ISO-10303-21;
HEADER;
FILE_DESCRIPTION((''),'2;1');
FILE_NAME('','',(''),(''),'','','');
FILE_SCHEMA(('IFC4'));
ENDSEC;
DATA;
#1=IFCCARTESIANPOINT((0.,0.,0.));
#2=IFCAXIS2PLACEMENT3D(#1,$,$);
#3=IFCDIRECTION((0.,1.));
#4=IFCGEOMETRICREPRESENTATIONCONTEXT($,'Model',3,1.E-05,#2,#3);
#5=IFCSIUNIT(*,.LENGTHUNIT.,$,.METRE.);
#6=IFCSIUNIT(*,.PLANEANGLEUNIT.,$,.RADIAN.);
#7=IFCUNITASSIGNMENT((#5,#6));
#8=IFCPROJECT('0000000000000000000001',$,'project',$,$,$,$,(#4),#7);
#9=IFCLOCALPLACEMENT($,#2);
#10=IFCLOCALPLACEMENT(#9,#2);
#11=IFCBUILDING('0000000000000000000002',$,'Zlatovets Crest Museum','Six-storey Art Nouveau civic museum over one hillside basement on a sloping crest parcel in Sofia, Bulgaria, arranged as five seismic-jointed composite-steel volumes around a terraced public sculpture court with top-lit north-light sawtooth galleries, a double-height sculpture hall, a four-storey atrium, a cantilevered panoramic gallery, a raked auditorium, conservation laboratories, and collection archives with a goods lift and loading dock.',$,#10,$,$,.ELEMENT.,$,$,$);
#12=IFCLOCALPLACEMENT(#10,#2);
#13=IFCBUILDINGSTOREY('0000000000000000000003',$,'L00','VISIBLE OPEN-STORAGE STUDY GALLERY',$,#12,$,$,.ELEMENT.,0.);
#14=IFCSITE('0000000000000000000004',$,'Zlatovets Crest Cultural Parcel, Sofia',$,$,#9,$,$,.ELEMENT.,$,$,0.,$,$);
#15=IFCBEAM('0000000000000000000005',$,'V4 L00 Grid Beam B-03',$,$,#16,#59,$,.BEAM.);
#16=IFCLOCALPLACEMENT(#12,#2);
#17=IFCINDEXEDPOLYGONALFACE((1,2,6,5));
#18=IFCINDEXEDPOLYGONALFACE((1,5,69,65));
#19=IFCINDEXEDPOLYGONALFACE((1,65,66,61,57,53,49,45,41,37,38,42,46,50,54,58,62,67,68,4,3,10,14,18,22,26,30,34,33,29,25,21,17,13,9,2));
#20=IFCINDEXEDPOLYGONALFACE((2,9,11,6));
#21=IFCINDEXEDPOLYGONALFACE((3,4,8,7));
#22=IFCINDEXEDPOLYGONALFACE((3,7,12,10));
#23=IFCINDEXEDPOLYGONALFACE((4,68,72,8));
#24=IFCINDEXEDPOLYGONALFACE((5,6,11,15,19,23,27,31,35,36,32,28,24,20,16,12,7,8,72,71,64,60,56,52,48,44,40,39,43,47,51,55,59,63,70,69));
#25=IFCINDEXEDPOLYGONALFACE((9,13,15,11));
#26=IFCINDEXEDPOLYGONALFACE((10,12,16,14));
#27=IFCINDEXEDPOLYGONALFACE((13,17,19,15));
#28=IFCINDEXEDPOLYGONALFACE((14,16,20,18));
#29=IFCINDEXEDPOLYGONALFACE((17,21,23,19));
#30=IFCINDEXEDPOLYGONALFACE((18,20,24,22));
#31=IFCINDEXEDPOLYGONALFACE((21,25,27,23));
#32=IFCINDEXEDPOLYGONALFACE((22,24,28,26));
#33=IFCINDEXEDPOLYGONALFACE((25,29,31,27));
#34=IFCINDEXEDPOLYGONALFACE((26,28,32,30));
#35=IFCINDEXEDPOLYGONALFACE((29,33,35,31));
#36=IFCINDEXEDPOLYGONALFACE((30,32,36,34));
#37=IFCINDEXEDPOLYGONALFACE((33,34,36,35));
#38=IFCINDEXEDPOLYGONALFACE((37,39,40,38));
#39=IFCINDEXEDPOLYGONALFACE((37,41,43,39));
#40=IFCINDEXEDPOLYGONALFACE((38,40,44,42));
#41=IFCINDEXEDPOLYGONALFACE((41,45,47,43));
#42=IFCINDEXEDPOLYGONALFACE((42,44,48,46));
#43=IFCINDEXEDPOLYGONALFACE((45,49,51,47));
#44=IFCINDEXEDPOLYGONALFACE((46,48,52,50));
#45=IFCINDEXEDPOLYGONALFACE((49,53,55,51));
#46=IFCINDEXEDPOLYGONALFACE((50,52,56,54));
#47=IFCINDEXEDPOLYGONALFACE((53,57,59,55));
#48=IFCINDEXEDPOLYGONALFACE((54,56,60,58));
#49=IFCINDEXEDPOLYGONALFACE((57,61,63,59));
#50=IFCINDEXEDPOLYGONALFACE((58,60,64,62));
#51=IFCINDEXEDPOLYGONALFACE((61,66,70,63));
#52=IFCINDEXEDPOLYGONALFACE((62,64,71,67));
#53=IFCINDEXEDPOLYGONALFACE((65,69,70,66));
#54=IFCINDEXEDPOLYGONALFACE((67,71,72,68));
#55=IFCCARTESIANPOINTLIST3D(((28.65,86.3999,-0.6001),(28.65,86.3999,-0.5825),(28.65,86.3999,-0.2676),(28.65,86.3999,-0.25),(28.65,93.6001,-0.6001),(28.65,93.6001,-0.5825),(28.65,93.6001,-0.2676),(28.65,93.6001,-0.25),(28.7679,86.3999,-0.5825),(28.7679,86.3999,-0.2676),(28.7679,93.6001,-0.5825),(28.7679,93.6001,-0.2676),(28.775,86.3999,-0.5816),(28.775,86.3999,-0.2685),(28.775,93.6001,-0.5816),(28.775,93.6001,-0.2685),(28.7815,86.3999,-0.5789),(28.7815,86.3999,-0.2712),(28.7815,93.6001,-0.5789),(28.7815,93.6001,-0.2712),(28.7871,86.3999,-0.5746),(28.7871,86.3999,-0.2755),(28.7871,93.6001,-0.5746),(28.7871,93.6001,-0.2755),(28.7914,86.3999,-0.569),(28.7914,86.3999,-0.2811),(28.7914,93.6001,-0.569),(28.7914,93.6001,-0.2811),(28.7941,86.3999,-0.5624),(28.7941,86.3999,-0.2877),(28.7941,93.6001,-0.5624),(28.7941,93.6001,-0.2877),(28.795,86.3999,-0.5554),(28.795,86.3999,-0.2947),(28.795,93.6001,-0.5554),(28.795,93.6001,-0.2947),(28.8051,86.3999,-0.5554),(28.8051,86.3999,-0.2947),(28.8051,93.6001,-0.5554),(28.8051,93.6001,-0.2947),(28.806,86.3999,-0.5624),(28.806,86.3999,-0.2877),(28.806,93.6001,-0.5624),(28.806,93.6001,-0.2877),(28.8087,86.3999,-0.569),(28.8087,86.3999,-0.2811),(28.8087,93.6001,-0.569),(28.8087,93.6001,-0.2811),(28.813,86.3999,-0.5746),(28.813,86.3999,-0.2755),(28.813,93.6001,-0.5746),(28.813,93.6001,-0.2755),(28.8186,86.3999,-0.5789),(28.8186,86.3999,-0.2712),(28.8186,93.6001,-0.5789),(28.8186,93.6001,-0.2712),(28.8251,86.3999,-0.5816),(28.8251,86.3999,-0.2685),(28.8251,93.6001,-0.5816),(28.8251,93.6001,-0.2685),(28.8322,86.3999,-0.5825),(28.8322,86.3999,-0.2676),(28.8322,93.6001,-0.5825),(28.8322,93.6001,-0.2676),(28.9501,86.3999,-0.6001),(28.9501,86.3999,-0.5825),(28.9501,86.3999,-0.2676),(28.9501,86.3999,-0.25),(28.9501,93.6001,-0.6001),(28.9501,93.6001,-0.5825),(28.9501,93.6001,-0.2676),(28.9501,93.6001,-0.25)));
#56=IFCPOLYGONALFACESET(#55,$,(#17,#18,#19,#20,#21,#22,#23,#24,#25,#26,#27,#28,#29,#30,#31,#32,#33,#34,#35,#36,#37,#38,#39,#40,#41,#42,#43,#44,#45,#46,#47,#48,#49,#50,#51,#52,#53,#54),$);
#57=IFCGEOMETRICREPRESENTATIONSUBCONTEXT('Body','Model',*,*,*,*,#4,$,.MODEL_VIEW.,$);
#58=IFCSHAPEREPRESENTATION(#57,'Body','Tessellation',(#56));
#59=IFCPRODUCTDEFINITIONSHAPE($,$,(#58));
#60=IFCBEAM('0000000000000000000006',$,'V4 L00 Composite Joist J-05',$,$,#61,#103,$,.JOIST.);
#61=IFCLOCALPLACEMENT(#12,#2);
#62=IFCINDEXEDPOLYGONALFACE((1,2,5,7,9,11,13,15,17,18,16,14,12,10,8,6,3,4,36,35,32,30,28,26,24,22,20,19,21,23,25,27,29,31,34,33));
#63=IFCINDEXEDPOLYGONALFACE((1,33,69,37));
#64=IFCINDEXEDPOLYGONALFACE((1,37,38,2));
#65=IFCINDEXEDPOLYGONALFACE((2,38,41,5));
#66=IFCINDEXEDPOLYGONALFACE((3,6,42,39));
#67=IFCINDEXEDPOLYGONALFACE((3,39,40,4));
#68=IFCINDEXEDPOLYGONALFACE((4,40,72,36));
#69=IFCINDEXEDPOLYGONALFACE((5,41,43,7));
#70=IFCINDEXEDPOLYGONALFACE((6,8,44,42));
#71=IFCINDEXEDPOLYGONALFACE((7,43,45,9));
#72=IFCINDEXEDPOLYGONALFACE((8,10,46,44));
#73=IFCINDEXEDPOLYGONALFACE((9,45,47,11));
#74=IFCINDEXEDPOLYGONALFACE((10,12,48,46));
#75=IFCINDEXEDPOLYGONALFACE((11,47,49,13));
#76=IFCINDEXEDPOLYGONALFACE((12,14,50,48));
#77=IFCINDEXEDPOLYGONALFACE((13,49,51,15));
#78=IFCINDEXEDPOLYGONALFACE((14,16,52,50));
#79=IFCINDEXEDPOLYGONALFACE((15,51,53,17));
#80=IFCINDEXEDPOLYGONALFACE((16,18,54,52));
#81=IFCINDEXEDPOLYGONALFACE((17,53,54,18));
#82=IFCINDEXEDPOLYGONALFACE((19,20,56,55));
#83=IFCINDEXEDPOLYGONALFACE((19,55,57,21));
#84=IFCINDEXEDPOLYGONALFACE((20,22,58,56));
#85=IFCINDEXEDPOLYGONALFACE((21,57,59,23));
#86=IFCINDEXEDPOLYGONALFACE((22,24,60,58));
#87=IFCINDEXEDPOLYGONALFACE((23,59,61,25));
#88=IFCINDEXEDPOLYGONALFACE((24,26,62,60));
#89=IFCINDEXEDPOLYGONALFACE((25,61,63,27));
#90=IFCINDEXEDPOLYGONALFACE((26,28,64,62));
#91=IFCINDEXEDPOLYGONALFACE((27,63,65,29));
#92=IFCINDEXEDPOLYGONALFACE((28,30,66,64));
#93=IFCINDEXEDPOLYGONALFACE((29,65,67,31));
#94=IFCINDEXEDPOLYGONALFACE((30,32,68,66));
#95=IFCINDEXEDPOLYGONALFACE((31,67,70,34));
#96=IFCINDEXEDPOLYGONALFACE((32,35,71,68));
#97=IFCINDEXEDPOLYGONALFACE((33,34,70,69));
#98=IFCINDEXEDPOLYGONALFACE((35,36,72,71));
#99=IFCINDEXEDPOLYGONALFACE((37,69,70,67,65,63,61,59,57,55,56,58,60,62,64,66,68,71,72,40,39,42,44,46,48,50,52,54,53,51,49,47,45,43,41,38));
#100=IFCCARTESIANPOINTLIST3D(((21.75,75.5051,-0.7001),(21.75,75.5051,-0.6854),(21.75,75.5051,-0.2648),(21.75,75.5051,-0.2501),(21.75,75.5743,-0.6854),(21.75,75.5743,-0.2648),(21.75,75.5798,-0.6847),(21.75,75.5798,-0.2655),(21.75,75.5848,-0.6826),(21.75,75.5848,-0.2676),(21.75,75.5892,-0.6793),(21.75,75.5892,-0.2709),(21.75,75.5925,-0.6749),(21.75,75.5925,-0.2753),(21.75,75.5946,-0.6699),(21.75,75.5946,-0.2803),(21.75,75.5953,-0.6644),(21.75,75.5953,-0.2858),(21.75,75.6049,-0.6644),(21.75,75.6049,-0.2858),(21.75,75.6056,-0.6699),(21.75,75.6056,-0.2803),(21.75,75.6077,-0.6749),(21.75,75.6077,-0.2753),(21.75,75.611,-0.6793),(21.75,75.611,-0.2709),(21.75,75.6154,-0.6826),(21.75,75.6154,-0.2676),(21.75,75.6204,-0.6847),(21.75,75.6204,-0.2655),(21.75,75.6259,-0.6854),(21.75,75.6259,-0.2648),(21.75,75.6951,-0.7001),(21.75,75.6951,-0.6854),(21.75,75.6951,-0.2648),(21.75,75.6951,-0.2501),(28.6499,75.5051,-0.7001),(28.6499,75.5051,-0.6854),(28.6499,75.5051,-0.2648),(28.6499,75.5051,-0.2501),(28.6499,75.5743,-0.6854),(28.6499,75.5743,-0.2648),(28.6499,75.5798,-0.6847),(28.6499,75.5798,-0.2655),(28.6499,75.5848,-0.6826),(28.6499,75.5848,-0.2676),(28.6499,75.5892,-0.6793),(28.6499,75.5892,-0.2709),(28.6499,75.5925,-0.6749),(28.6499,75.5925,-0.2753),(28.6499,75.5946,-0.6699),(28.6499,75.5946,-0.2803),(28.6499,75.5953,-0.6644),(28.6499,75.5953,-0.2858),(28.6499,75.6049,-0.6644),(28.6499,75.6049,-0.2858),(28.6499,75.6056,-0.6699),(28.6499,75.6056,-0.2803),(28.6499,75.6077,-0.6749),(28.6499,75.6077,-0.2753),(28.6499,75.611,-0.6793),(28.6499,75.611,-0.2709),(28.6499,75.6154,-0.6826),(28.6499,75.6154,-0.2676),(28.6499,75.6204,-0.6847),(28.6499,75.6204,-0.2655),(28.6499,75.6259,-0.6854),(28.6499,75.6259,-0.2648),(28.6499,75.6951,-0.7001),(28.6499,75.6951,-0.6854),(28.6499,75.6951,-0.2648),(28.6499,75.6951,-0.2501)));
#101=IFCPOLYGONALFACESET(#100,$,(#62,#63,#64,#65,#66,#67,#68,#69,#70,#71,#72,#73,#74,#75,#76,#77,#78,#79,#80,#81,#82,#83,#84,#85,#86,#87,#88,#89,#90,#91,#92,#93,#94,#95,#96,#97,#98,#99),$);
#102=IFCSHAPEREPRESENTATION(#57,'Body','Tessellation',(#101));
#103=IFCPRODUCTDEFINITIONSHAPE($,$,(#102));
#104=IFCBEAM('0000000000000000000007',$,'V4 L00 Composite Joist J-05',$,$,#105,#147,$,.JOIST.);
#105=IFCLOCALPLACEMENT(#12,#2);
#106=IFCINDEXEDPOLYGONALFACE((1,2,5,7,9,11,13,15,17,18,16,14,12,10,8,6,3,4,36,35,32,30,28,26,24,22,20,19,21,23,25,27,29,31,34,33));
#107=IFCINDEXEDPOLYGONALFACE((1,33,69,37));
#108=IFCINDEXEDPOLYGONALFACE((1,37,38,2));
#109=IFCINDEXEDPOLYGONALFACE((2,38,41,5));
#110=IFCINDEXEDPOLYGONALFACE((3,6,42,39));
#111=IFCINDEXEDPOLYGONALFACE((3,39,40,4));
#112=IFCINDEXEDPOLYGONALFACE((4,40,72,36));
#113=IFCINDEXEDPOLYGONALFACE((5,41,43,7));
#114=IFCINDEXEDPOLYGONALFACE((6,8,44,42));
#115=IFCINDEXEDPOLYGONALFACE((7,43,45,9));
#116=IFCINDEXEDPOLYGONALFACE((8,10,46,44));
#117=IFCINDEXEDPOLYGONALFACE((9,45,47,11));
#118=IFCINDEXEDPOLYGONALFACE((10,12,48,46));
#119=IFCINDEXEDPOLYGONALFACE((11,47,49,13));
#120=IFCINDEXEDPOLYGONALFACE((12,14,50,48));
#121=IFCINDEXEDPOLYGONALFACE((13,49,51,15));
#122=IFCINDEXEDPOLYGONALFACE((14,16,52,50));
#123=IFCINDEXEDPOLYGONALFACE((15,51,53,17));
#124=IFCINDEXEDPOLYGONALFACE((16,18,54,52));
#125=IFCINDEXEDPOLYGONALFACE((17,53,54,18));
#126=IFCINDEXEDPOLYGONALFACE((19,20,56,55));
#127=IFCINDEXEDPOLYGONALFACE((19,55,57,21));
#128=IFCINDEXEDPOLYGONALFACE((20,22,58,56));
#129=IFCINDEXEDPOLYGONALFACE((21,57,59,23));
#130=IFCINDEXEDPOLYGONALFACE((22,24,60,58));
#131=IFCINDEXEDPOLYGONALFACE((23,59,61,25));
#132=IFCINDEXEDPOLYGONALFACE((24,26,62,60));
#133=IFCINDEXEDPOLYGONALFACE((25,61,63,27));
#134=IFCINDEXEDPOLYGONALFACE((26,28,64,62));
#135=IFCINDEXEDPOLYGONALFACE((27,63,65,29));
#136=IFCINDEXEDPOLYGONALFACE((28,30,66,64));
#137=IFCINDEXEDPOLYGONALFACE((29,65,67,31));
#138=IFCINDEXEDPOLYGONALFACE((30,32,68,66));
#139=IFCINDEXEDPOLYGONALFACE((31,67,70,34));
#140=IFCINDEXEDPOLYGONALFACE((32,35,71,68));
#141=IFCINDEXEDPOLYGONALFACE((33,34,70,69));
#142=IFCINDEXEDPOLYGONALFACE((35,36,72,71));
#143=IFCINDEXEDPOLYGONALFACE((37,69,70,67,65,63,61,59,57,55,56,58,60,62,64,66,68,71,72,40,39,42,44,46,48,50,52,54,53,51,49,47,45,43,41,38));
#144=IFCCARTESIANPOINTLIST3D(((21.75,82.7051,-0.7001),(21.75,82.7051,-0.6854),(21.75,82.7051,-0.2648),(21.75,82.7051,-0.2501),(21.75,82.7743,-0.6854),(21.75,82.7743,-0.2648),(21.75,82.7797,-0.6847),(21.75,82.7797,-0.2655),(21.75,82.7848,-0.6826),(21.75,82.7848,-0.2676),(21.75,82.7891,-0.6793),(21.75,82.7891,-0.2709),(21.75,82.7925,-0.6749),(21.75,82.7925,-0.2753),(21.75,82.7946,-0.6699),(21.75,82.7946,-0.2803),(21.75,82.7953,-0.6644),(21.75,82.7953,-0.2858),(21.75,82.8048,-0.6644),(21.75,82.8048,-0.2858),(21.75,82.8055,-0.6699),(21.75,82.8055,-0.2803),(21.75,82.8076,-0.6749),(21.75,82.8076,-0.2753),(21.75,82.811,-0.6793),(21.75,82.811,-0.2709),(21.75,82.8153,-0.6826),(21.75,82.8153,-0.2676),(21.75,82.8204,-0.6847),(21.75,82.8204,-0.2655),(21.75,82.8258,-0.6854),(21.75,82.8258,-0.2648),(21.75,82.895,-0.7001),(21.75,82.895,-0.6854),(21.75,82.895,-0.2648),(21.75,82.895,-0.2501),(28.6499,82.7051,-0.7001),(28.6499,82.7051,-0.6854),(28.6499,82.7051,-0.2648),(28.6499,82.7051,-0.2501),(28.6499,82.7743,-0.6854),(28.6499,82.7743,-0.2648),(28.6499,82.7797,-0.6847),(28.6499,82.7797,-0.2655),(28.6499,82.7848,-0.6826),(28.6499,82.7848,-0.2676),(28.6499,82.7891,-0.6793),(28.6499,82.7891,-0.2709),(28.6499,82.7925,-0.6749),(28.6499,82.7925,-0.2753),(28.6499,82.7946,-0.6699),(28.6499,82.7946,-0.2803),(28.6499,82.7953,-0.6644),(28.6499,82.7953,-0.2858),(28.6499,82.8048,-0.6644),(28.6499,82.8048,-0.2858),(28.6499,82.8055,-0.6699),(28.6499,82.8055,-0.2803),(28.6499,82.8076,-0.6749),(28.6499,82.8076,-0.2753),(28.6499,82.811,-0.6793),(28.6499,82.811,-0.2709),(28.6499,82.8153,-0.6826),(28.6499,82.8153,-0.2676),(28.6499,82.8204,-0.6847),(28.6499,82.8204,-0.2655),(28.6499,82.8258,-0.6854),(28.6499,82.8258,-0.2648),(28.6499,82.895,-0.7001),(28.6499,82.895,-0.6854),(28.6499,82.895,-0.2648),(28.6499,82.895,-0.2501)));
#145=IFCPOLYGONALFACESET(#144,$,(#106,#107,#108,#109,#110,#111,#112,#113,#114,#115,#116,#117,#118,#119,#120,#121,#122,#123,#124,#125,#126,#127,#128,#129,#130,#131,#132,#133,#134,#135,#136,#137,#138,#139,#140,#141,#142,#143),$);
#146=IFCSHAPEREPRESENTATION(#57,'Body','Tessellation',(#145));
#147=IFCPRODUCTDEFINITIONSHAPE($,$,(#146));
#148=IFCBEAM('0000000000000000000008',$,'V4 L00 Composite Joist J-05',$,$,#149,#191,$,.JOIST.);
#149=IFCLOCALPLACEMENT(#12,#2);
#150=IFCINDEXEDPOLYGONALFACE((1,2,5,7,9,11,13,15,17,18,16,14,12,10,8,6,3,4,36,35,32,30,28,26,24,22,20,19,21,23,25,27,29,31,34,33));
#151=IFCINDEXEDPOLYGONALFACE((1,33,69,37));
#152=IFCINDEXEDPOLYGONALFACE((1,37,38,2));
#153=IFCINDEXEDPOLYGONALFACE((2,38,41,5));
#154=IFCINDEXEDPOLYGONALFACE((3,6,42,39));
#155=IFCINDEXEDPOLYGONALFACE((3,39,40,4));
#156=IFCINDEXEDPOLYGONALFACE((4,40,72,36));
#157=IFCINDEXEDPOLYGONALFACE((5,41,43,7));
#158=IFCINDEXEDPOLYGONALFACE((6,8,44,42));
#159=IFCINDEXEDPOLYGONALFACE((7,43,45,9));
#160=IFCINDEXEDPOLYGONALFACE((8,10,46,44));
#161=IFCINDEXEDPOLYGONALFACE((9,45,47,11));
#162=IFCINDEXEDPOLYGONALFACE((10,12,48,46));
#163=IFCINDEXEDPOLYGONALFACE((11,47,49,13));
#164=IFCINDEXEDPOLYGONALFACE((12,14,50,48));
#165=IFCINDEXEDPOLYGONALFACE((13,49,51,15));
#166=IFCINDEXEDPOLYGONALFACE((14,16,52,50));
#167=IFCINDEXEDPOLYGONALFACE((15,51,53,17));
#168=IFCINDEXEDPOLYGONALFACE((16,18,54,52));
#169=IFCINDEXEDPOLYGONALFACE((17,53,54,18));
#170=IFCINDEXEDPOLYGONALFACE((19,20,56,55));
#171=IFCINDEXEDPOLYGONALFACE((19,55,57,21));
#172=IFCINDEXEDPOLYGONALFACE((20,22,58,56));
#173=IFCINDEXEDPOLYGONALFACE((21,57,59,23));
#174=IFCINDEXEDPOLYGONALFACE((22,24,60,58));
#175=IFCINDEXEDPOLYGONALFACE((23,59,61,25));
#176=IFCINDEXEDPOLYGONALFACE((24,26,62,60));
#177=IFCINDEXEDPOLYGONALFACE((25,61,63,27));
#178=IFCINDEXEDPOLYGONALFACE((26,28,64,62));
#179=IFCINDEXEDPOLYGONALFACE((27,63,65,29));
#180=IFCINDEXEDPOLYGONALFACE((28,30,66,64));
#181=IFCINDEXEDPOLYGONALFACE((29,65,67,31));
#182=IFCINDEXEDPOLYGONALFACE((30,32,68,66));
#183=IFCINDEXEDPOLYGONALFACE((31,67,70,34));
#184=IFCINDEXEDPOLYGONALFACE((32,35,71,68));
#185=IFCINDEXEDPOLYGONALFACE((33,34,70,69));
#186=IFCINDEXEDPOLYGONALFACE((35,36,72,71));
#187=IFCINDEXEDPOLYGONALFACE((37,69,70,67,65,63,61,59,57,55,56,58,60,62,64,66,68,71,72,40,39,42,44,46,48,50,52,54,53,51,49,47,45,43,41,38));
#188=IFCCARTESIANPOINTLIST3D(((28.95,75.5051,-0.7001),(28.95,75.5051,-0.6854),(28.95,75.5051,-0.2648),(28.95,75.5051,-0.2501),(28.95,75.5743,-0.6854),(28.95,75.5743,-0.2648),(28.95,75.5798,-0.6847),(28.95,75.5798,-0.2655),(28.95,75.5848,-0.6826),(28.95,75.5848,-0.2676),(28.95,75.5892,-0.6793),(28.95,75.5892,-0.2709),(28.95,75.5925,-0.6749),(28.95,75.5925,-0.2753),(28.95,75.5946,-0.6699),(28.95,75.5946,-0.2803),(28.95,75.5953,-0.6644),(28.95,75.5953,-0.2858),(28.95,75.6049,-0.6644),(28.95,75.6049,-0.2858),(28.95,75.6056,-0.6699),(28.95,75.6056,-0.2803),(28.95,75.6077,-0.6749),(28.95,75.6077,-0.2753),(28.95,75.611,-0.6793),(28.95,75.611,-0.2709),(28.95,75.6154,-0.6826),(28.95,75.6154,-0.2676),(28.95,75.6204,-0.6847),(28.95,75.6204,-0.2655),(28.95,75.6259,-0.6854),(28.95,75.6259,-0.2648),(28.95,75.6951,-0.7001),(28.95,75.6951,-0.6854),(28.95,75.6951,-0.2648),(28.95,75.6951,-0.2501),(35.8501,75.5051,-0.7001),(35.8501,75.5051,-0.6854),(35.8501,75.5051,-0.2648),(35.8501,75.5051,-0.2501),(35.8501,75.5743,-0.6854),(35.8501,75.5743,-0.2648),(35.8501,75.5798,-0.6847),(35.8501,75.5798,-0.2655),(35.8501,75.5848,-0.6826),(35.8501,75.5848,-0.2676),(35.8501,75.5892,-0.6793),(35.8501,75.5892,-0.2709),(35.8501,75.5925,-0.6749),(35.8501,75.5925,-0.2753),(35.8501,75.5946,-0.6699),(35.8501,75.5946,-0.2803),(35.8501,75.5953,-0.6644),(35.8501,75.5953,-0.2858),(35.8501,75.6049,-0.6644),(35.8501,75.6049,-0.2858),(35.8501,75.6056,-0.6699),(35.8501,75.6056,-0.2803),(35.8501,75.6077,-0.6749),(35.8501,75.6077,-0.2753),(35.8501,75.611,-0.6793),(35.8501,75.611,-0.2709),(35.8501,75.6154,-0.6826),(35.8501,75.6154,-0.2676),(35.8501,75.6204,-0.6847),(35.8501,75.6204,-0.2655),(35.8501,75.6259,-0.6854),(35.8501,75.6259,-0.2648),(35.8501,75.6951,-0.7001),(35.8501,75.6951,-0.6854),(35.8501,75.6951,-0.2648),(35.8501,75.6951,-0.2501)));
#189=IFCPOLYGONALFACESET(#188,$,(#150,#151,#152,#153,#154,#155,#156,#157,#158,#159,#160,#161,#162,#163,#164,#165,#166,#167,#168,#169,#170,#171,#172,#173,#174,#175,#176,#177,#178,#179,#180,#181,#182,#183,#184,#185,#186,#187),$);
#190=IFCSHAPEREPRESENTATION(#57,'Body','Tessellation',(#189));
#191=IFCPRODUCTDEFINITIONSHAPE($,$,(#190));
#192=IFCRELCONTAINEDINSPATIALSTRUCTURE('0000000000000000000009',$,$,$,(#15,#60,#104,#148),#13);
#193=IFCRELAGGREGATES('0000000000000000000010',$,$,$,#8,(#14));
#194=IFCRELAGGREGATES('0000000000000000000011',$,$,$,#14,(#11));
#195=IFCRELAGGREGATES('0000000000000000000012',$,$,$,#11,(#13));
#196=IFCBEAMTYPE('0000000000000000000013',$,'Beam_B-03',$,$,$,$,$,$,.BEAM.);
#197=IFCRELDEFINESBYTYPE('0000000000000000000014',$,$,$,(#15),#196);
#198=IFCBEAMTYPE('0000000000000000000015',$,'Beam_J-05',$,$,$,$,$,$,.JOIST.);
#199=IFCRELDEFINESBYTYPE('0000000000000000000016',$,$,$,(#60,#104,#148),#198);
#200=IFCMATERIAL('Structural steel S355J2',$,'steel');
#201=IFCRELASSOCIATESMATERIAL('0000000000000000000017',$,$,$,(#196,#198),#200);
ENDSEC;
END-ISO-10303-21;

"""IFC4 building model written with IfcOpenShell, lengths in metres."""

from ifc_helpers import new_model, si_unit, direction, frame, origin, origin_2d, place, context, subcontext, project, spatial, i_section, extrude, material, material_profile, profile_set, type_object, element, save


model = new_model("IFC4")

# Units and contexts
model_context = context("Model", 3, precision=1e-05, world=origin(), true_north=direction((0.0, 1.0)))
body_context = subcontext(model_context, "Body", "Model", "MODEL_VIEW")
ifc_project = project(units=[si_unit("LENGTHUNIT", "METRE"), si_unit("PLANEANGLEUNIT", "RADIAN")], contexts=[model_context])

# Site, building, storey
site_placement = place(None, origin())
site = spatial("IfcSite", under=ifc_project, at=site_placement, Name="Zlatovets Crest Cultural Parcel, Sofia", CompositionType="ELEMENT", RefElevation=0.0)
building_placement = place(site_placement, origin())
building = spatial("IfcBuilding", under=site, at=building_placement, Name="Zlatovets Crest Museum", Description="Six-storey Art Nouveau civic museum over one hillside basement on a sloping crest parcel in Sofia, Bulgaria, arranged as five seismic-jointed composite-steel volumes around a terraced public sculpture court with top-lit north-light sawtooth galleries, a double-height sculpture hall, a four-storey atrium, a cantilevered panoramic gallery, a raked auditorium, conservation laboratories, and collection archives with a goods lift and loading dock.", CompositionType="ELEMENT")
storey_placement = place(building_placement, origin())
storey = spatial("IfcBuildingStorey", under=building, at=storey_placement, Name="L00", Description="VISIBLE OPEN-STORAGE STUDY GALLERY", CompositionType="ELEMENT", Elevation=0.0)

# Shared definitions
ifc_material_1 = material(Name="Structural steel S355J2", Category="steel")

# Beams
ifc_material_profile_1 = material_profile(ifc_material_1, i_section(OverallWidth=0.3, OverallDepth=0.3501, WebThickness=0.01, FlangeThickness=0.0176, FilletRadius=0.0271, at=origin_2d()), Name="HEA 360")
ifc_profile_set_1 = profile_set([ifc_material_profile_1], Name="Structural steel S355J2")
beam_type_1 = type_object("IfcBeamType", Name="Beam_B-03", PredefinedType="BEAM", material=ifc_profile_set_1)
beam_1_placement = place(storey_placement, frame((28.8, 86.3999, -0.425), z_axis=(0.0, 1.0, 0.0), x_axis=(-1.0, 0.0, 0.0)))
element("IfcBeam", 1, at=beam_1_placement, inside=storey, type_object=beam_type_1, Name="V4 L00 Grid Beam B-03", PredefinedType="BEAM", context=body_context, shape_type="SweptSolid", body=[
    extrude(i_section(OverallWidth=0.3, OverallDepth=0.3501, WebThickness=0.01, FlangeThickness=0.0176, FilletRadius=0.0271, at=origin_2d()), origin(), (0.0, 0.0, 1.0), 7.2002),
])
ifc_material_profile_2 = material_profile(ifc_material_1, i_section(OverallWidth=0.1899, OverallDepth=0.45, WebThickness=0.0095, FlangeThickness=0.0146, FilletRadius=0.021, at=origin_2d()), Name="IPE 450")
ifc_profile_set_2 = profile_set([ifc_material_profile_2], Name="Structural steel S355J2")
beam_type_2 = type_object("IfcBeamType", Name="Beam_J-05", PredefinedType="JOIST", material=ifc_profile_set_2)
for number, where, z_axis, x_axis, name in (
    (2, (21.75, 75.6001, -0.4751), (1.0, 0.0, 0.0), (0.0, 1.0, 0.0), "V4 L00 Composite Joist J-05"),
    (3, (21.75, 82.8, -0.4751), (1.0, 0.0, 0.0), (0.0, 1.0, 0.0), "V4 L00 Composite Joist J-05"),
):
    element("IfcBeam", number, at=place(storey_placement, frame(where, z_axis=z_axis, x_axis=x_axis)), inside=storey, type_object=beam_type_2, Name=name, PredefinedType="JOIST", context=body_context, shape_type="SweptSolid", body=[
        extrude(i_section(OverallWidth=0.1899, OverallDepth=0.45, WebThickness=0.0095, FlangeThickness=0.0146, FilletRadius=0.021, at=origin_2d()), origin(), (0.0, 0.0, 1.0), 6.8999),
    ])
for number, where, z_axis, x_axis, name in (
    (4, (28.95, 75.6001, -0.4751), (1.0, 0.0, 0.0), (0.0, 1.0, 0.0), "V4 L00 Composite Joist J-05"),
):
    element("IfcBeam", number, at=place(storey_placement, frame(where, z_axis=z_axis, x_axis=x_axis)), inside=storey, type_object=beam_type_2, Name=name, PredefinedType="JOIST", context=body_context, shape_type="SweptSolid", body=[
        extrude(i_section(OverallWidth=0.1899, OverallDepth=0.45, WebThickness=0.0095, FlangeThickness=0.0146, FilletRadius=0.021, at=origin_2d()), origin(), (0.0, 0.0, 1.0), 6.9001),
    ])

save(model, "model.ifc")
